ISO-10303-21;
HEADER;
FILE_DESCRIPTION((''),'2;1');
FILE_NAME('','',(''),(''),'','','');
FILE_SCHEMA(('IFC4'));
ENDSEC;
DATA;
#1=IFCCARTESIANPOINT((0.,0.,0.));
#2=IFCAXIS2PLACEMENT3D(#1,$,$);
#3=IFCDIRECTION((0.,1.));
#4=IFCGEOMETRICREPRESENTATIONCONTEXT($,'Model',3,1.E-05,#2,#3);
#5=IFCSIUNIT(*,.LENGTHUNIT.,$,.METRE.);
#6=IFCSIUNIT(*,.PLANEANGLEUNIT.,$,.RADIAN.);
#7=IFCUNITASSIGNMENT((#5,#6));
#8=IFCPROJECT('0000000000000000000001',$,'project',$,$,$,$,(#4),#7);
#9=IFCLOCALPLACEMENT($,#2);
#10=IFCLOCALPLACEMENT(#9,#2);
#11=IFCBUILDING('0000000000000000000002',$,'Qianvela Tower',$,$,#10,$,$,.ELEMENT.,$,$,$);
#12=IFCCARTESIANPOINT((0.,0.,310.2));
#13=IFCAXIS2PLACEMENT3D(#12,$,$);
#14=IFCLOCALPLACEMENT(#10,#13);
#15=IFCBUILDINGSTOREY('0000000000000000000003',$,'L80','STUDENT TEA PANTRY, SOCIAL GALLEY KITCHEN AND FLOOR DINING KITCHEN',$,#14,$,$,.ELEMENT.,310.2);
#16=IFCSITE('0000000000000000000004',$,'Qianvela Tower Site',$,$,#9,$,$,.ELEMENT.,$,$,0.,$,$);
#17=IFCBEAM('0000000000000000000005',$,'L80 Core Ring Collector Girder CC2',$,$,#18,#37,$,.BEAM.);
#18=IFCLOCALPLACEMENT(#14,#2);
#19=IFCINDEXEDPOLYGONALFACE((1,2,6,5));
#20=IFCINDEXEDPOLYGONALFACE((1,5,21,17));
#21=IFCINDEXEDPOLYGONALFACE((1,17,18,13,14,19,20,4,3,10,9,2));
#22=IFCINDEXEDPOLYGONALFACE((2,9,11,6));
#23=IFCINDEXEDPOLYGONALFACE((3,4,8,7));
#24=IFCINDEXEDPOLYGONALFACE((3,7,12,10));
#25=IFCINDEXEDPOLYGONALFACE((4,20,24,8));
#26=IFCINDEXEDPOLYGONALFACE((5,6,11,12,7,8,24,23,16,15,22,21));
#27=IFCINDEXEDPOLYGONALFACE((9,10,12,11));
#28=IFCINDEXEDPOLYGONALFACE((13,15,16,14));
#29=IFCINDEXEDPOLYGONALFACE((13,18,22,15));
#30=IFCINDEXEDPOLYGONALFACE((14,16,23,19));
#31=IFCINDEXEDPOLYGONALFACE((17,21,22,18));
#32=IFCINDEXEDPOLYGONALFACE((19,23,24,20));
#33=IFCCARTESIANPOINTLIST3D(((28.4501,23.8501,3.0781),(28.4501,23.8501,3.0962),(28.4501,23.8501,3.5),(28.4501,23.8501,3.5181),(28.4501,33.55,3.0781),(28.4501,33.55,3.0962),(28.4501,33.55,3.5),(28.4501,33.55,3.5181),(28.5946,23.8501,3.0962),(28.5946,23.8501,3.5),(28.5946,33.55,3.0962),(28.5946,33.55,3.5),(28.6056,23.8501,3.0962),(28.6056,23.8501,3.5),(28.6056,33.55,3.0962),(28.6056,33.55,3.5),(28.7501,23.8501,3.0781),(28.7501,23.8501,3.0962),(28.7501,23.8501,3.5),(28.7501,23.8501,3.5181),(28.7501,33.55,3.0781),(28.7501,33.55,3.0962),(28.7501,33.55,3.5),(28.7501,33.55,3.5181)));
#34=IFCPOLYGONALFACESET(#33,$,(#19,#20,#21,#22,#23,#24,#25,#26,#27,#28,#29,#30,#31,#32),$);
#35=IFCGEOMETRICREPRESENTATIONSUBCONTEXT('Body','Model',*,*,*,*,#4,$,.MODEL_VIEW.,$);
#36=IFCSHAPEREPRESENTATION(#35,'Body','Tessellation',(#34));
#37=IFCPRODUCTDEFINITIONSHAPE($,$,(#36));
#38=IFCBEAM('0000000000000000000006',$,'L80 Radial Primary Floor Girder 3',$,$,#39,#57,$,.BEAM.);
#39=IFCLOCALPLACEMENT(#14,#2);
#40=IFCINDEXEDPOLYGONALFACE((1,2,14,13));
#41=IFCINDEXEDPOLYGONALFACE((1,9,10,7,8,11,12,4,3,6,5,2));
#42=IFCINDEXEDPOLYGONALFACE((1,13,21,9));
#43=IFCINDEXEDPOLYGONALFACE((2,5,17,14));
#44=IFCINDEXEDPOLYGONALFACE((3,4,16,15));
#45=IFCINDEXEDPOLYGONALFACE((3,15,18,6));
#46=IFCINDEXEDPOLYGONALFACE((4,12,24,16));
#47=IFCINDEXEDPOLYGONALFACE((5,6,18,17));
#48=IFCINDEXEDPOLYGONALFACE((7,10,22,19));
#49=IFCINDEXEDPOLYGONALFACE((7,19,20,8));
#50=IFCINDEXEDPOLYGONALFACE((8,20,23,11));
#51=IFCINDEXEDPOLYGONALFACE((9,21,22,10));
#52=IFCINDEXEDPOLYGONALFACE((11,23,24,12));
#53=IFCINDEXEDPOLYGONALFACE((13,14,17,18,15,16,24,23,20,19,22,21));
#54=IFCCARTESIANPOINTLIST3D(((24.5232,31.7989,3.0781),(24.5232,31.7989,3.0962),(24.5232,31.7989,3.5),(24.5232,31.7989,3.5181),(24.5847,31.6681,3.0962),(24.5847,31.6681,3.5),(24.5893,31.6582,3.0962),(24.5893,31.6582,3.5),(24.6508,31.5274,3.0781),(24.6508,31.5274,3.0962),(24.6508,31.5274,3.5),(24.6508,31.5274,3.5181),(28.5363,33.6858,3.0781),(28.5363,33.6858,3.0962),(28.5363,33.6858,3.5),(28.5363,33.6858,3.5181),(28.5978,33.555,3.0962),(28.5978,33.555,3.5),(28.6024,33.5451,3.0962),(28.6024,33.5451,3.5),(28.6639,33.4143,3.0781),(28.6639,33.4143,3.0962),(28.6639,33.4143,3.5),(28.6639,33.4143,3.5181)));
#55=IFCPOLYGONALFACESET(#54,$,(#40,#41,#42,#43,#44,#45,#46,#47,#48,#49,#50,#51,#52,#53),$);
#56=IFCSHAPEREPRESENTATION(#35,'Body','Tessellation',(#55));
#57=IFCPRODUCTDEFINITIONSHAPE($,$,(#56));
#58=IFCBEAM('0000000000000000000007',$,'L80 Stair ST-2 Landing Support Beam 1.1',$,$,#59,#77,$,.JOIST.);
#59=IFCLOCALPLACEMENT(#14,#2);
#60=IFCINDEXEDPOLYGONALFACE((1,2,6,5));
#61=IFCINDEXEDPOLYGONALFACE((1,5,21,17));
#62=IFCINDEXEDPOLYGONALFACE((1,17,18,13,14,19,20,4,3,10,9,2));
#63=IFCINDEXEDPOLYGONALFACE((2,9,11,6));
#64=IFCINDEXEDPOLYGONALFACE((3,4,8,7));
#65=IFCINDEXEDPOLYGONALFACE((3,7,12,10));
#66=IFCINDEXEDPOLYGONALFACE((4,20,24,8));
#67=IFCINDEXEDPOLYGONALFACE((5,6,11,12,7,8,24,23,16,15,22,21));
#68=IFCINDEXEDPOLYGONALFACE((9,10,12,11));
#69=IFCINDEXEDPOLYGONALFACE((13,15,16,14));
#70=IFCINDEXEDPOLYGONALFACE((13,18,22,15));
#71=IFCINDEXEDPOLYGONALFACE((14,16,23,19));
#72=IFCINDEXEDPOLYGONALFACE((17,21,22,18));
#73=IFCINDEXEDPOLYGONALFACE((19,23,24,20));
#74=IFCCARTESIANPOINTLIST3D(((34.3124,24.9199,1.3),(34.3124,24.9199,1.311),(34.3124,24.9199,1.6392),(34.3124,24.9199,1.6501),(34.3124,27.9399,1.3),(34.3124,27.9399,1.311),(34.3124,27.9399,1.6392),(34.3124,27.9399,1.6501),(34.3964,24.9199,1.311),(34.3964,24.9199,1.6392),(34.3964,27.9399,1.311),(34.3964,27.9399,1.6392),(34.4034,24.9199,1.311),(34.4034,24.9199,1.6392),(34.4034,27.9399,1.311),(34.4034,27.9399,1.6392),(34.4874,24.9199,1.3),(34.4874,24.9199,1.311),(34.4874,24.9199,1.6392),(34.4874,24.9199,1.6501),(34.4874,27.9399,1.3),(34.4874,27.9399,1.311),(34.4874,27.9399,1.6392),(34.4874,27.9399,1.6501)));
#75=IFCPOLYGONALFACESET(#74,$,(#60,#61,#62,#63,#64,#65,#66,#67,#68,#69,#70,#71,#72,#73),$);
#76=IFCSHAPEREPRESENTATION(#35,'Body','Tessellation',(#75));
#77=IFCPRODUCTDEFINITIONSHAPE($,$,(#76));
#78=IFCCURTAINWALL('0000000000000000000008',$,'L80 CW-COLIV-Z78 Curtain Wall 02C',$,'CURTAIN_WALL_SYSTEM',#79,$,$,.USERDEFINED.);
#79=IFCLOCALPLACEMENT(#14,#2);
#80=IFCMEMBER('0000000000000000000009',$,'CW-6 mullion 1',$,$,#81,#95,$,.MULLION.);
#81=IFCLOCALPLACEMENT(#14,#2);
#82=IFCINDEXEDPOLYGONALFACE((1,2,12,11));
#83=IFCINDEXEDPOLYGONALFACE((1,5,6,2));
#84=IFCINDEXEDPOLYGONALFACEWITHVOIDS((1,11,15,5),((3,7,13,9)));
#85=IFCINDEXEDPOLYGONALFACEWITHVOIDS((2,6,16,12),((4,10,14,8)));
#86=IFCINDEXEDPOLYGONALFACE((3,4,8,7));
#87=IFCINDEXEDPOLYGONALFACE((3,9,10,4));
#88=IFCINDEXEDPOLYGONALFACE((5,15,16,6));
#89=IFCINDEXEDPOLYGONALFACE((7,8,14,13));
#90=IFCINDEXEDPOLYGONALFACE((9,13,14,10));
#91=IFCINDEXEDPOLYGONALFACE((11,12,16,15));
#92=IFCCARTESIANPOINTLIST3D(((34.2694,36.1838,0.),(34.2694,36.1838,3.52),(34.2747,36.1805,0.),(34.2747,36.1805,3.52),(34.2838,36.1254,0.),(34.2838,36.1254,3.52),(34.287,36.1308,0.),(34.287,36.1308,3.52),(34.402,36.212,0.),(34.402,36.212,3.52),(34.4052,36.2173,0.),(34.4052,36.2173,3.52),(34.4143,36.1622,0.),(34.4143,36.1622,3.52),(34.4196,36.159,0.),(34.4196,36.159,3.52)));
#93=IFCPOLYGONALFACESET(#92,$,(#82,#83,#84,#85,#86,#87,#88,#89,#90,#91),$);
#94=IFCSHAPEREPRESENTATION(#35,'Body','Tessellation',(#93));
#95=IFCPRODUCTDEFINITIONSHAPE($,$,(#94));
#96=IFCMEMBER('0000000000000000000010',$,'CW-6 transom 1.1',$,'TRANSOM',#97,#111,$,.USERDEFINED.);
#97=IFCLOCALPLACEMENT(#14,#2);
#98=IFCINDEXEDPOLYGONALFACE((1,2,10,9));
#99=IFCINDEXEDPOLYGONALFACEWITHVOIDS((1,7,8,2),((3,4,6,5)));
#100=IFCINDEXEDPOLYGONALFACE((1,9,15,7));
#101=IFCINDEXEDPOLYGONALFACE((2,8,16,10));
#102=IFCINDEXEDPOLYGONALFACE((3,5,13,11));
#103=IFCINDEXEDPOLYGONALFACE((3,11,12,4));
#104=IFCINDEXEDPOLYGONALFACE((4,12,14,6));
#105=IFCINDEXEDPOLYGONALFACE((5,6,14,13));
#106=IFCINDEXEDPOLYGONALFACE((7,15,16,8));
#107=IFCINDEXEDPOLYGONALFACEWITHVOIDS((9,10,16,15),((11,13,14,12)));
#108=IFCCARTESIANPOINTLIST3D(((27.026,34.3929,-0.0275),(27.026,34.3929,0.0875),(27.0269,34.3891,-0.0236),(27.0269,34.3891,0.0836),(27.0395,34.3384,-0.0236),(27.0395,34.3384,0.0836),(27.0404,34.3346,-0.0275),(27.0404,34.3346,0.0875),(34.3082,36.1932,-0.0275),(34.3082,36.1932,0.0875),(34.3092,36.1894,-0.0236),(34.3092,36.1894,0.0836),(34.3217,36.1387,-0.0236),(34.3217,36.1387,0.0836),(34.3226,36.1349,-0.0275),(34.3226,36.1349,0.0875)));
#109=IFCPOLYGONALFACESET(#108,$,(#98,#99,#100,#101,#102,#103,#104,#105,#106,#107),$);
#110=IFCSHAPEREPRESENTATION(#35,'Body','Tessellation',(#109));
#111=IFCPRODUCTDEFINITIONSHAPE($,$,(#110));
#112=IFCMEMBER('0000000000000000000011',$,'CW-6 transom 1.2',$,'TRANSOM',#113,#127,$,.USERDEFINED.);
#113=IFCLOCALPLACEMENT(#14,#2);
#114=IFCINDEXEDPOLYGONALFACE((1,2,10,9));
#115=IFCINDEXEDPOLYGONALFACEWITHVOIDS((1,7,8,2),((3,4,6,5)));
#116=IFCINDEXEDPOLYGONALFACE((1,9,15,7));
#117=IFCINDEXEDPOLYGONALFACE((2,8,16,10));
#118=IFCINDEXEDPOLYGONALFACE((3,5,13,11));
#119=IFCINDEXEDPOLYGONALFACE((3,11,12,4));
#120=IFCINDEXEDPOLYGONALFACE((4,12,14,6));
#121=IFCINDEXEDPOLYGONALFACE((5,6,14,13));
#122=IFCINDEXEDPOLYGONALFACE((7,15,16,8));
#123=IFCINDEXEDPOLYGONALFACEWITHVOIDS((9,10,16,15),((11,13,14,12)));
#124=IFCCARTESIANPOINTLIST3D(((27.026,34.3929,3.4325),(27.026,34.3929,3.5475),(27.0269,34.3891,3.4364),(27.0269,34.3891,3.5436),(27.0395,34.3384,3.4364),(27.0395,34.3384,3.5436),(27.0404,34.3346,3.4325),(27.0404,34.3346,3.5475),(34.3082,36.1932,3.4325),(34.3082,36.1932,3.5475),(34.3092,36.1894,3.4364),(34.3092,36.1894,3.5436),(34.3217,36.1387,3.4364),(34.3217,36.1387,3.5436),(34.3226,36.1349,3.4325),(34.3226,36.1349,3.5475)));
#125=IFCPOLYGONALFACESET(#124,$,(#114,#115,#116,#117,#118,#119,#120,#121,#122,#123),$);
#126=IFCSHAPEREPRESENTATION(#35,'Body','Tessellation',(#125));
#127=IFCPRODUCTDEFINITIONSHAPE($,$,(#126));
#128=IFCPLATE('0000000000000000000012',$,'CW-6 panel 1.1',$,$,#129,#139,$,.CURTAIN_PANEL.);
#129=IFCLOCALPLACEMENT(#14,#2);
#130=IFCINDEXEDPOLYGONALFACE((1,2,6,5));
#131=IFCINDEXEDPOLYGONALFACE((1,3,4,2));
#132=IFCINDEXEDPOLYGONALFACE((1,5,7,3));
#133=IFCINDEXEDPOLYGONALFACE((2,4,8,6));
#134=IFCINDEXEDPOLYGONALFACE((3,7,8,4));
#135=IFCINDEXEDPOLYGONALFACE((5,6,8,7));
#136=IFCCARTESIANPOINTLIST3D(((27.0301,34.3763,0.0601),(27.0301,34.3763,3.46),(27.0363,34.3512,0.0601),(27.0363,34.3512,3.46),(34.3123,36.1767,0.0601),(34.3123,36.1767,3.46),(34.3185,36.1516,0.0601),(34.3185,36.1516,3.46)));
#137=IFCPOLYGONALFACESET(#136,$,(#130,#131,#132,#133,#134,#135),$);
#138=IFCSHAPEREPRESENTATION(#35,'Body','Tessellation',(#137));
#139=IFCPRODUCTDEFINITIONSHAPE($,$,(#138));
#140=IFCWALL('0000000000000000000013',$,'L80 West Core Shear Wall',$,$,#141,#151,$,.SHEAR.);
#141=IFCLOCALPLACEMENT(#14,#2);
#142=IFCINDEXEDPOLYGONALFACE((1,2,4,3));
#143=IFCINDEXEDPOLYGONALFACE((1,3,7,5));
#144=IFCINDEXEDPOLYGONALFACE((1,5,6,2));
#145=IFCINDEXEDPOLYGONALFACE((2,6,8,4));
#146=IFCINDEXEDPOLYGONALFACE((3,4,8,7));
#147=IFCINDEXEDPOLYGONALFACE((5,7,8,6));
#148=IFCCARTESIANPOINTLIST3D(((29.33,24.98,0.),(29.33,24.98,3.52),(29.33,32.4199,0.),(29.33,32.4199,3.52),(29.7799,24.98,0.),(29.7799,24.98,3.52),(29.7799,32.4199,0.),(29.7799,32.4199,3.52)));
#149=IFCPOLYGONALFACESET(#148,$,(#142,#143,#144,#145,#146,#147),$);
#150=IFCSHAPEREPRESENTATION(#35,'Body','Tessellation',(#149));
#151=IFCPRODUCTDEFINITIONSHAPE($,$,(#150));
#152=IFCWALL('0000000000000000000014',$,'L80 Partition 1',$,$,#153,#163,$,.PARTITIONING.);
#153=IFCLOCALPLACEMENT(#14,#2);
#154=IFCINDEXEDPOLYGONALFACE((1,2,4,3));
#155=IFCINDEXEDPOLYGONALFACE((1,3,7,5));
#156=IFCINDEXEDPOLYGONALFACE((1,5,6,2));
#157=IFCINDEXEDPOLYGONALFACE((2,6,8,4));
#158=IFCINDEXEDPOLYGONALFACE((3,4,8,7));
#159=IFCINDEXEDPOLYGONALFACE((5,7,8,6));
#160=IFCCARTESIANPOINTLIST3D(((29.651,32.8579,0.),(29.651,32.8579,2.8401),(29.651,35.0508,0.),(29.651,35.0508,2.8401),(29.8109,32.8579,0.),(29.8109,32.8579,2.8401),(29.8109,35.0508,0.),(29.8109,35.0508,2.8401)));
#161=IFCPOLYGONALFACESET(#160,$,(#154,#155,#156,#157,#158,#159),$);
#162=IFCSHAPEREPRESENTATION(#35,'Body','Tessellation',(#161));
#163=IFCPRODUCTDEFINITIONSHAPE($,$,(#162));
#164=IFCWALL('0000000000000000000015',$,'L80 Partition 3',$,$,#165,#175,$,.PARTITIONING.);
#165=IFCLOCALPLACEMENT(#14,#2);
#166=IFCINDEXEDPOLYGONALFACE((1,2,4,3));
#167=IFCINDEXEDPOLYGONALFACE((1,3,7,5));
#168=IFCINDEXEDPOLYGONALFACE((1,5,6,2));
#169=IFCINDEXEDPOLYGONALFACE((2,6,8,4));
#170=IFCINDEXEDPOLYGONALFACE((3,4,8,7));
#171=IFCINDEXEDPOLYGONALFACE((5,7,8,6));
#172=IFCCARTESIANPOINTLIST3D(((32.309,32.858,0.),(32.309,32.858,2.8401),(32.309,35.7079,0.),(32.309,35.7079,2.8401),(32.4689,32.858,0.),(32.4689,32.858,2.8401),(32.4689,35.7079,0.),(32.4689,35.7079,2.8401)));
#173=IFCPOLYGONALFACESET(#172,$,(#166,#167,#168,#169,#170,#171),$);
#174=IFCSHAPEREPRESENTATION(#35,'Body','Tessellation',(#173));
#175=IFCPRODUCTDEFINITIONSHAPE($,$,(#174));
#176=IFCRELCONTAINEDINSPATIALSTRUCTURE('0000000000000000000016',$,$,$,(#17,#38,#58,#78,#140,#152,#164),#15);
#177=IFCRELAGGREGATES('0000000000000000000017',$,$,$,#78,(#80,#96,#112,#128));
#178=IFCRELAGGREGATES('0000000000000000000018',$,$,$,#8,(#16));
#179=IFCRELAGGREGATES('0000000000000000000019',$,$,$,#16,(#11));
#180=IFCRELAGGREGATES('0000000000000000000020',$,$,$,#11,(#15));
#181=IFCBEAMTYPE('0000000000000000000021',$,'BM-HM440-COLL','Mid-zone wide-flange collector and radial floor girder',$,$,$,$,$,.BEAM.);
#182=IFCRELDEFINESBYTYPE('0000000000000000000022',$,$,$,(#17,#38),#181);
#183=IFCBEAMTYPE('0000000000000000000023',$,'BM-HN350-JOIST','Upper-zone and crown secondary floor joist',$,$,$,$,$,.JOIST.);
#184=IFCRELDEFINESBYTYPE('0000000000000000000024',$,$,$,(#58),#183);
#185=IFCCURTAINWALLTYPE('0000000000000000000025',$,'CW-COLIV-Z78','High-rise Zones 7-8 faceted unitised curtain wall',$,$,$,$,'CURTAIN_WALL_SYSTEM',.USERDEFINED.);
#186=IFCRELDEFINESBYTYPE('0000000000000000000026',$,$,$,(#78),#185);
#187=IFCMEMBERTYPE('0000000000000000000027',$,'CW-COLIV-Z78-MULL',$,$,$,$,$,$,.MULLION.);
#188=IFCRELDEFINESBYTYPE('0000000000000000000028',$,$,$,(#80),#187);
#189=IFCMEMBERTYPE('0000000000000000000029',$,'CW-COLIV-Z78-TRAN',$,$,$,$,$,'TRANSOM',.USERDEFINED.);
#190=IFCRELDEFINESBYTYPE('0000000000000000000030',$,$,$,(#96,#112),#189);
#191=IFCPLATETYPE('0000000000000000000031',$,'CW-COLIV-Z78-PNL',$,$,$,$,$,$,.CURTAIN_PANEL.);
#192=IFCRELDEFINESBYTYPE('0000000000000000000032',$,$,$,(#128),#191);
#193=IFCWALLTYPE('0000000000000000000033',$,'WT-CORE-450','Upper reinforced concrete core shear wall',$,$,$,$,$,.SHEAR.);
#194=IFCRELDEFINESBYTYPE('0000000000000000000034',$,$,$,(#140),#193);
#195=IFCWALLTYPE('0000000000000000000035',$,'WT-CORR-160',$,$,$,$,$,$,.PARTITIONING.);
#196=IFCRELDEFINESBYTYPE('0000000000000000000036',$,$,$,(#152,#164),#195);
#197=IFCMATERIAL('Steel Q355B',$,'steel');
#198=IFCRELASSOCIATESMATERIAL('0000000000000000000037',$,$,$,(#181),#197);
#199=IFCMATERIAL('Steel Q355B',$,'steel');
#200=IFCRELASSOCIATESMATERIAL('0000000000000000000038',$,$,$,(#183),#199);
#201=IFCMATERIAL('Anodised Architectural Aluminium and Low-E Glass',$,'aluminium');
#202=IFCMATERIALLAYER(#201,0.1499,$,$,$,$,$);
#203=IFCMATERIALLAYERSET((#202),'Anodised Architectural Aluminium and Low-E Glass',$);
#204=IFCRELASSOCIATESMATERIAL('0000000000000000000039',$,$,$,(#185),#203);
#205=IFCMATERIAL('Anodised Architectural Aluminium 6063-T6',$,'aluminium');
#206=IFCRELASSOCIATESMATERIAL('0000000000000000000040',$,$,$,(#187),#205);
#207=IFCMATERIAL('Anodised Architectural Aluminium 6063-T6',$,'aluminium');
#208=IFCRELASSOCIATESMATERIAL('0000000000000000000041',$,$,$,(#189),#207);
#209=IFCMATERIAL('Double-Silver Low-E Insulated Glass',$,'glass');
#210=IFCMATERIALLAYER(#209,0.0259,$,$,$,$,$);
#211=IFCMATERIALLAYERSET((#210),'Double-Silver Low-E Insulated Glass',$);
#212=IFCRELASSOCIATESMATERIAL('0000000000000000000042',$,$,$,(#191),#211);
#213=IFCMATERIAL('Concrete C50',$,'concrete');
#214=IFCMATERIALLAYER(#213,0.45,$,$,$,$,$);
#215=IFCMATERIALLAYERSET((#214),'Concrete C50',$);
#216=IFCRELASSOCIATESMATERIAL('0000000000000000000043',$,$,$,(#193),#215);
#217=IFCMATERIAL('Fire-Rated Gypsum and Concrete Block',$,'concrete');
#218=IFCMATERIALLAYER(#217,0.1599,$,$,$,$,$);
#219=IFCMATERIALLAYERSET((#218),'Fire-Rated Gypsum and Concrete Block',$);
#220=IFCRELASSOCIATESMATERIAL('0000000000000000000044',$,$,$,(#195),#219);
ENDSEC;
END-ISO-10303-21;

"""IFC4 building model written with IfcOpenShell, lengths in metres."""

from ifc_helpers import new_model, si_unit, direction, frame, frame_2d, origin, origin_2d, place, context, subcontext, project, spatial, rectangle, hollow_rectangle, i_section, extrude, material, layer, layer_set, material_profile, profile_set, type_object, element, aggregate, save


model = new_model("IFC4")

# Units and contexts
model_context = context("Model", 3, precision=1e-05, world=origin(), true_north=direction((0.0, 1.0)))
body_context = subcontext(model_context, "Body", "Model", "MODEL_VIEW")
ifc_project = project(units=[si_unit("LENGTHUNIT", "METRE"), si_unit("PLANEANGLEUNIT", "RADIAN")], contexts=[model_context])

# Site, building, storey
site_placement = place(None, origin())
site = spatial("IfcSite", under=ifc_project, at=site_placement, Name="Qianvela Tower Site", CompositionType="ELEMENT", RefElevation=0.0)
building_placement = place(site_placement, origin())
building = spatial("IfcBuilding", under=site, at=building_placement, Name="Qianvela Tower", CompositionType="ELEMENT")
storey_placement = place(building_placement, frame((0.0, 0.0, 310.2)))
storey = spatial("IfcBuildingStorey", under=building, at=storey_placement, Name="L80", Description="STUDENT TEA PANTRY, SOCIAL GALLEY KITCHEN AND FLOOR DINING KITCHEN", CompositionType="ELEMENT", Elevation=310.2)

# Beams
ifc_material_1 = material(Name="Steel Q355B", Category="steel")
ifc_material_profile_1 = material_profile(ifc_material_1, i_section(OverallWidth=0.3, OverallDepth=0.4399, WebThickness=0.011, FlangeThickness=0.0181, at=origin_2d()), Name="HM440x300x11x18")
ifc_profile_set_1 = profile_set([ifc_material_profile_1], Name="Steel Q355B")
beam_type_1 = type_object("IfcBeamType", Name="BM-HM440-COLL", Description="Mid-zone wide-flange collector and radial floor girder", PredefinedType="BEAM", material=ifc_profile_set_1)
beam_1_placement = place(storey_placement, frame((28.6001, 33.55, 3.2981), z_axis=(0.0, -1.0, 0.0), x_axis=(1.0, 0.0, 0.0)))
element("IfcBeam", 1, at=beam_1_placement, inside=storey, type_object=beam_type_1, Name="L80 Core Ring Collector Girder CC2", PredefinedType="BEAM", context=body_context, shape_type="SweptSolid", body=[
    extrude(i_section(OverallWidth=0.3, OverallDepth=0.4399, WebThickness=0.011, FlangeThickness=0.0181, at=origin_2d()), origin(), (0.0, 0.0, 1.0), 9.7),
])
beam_2_placement = place(storey_placement, frame((28.6001, 33.55, 3.2981), z_axis=(-0.904957, -0.425503, 0.0), x_axis=(0.425503, -0.904957, 0.0)))
element("IfcBeam", 2, at=beam_2_placement, inside=storey, type_object=beam_type_1, Name="L80 Radial Primary Floor Girder 3", PredefinedType="BEAM", context=body_context, shape_type="SweptSolid", body=[
    extrude(i_section(OverallWidth=0.3, OverallDepth=0.4399, WebThickness=0.011, FlangeThickness=0.0181, at=origin_2d()), origin(), (0.0, 0.0, 1.0), 4.4346),
])
ifc_material_2 = material(Name="Steel Q355B", Category="steel")
ifc_material_profile_2 = material_profile(ifc_material_2, i_section(OverallWidth=0.175, OverallDepth=0.3501, WebThickness=0.0071, FlangeThickness=0.011, at=origin_2d()), Name="HN350x175x7x11")
ifc_profile_set_2 = profile_set([ifc_material_profile_2], Name="Steel Q355B")
beam_type_2 = type_object("IfcBeamType", Name="BM-HN350-JOIST", Description="Upper-zone and crown secondary floor joist", PredefinedType="JOIST", material=ifc_profile_set_2)
beam_3_placement = place(storey_placement, frame((34.3999, 24.9199, 1.4751), z_axis=(0.0, 1.0, 0.0), x_axis=(-1.0, 0.0, 0.0)))
element("IfcBeam", 3, at=beam_3_placement, inside=storey, type_object=beam_type_2, Name="L80 Stair ST-2 Landing Support Beam 1.1", PredefinedType="JOIST", context=body_context, shape_type="SweptSolid", body=[
    extrude(i_section(OverallWidth=0.175, OverallDepth=0.3501, WebThickness=0.0071, FlangeThickness=0.011, at=origin_2d()), origin(), (0.0, 0.0, 1.0), 3.02),
])

# Curtain wall, members, plate
ifc_material_3 = material(Name="Anodised Architectural Aluminium and Low-E Glass", Category="aluminium")
ifc_layer_1 = layer(ifc_material_3, 0.1499)
ifc_layer_set_1 = layer_set([ifc_layer_1], Name="Anodised Architectural Aluminium and Low-E Glass")
curtain_wall_type = type_object("IfcCurtainWallType", Name="CW-COLIV-Z78", Description="High-rise Zones 7-8 faceted unitised curtain wall", ElementType="CURTAIN_WALL_SYSTEM", PredefinedType="USERDEFINED", material=ifc_layer_set_1)
curtain_wall_placement = place(storey_placement, origin())
curtain_wall = element("IfcCurtainWall", 4, at=curtain_wall_placement, inside=storey, type_object=curtain_wall_type, Name="L80 CW-COLIV-Z78 Curtain Wall 02C", ObjectType="CURTAIN_WALL_SYSTEM", PredefinedType="USERDEFINED")
ifc_material_4 = material(Name="Anodised Architectural Aluminium 6063-T6", Category="aluminium")
ifc_material_profile_3 = material_profile(ifc_material_4, hollow_rectangle(XDim=0.0601, YDim=0.1399, WallThickness=0.0044, at=origin_2d()), Name="ALU-MULL-60x140")
ifc_profile_set_3 = profile_set([ifc_material_profile_3], Name="Anodised Architectural Aluminium 6063-T6")
member_type_1 = type_object("IfcMemberType", Name="CW-COLIV-Z78-MULL", PredefinedType="MULLION", material=ifc_profile_set_3)
member_1_placement = place(storey_placement, frame((34.3445, 36.1714, 0.0), z_axis=(0.0, 0.0, 1.0), x_axis=(0.240007, -0.970771, 0.0)))
member_1 = element("IfcMember", 5, at=member_1_placement, type_object=member_type_1, Name="CW-6 mullion 1", PredefinedType="MULLION", context=body_context, shape_type="SweptSolid", body=[
    extrude(hollow_rectangle(XDim=0.0601, YDim=0.1399, WallThickness=0.0044, at=origin_2d()), origin(), (0.0, 0.0, 1.0), 3.52),
])
ifc_material_5 = material(Name="Anodised Architectural Aluminium 6063-T6", Category="aluminium")
ifc_material_profile_4 = material_profile(ifc_material_5, hollow_rectangle(XDim=0.0601, YDim=0.115, WallThickness=0.0039, at=origin_2d()), Name="ALU-TRAN-60x115")
ifc_profile_set_4 = profile_set([ifc_material_profile_4], Name="Anodised Architectural Aluminium 6063-T6")
member_type_2 = type_object("IfcMemberType", Name="CW-COLIV-Z78-TRAN", ElementType="TRANSOM", PredefinedType="USERDEFINED", material=ifc_profile_set_4)
member_2_placement = place(storey_placement, frame((34.3154, 36.1641, 0.03), z_axis=(-0.970775, -0.239992, 0.0), x_axis=(0.239992, -0.970775, 0.0)))
member_2 = element("IfcMember", 6, at=member_2_placement, type_object=member_type_2, Name="CW-6 transom 1.1", ObjectType="TRANSOM", PredefinedType="USERDEFINED", context=body_context, shape_type="SweptSolid", body=[
    extrude(hollow_rectangle(XDim=0.0601, YDim=0.115, WallThickness=0.0039, at=origin_2d()), origin(), (0.0, 0.0, 1.0), 7.5015),
])
member_3_placement = place(storey_placement, frame((34.3154, 36.1641, 3.49), z_axis=(-0.970775, -0.239992, 0.0), x_axis=(0.239992, -0.970775, 0.0)))
member_3 = element("IfcMember", 7, at=member_3_placement, type_object=member_type_2, Name="CW-6 transom 1.2", ObjectType="TRANSOM", PredefinedType="USERDEFINED", context=body_context, shape_type="SweptSolid", body=[
    extrude(hollow_rectangle(XDim=0.0601, YDim=0.115, WallThickness=0.0039, at=origin_2d()), origin(), (0.0, 0.0, 1.0), 7.5015),
])
ifc_material_6 = material(Name="Double-Silver Low-E Insulated Glass", Category="glass")
ifc_layer_2 = layer(ifc_material_6, 0.0259)
ifc_layer_set_2 = layer_set([ifc_layer_2], Name="Double-Silver Low-E Insulated Glass")
plate_type = type_object("IfcPlateType", Name="CW-COLIV-Z78-PNL", PredefinedType="CURTAIN_PANEL", material=ifc_layer_set_2)
plate_placement = place(storey_placement, frame((30.6743, 35.2639, 0.0601), z_axis=(0.0, 0.0, 1.0), x_axis=(-0.970771, -0.240007, 0.0)))
plate = element("IfcPlate", 8, at=plate_placement, type_object=plate_type, Name="CW-6 panel 1.1", PredefinedType="CURTAIN_PANEL", context=body_context, shape_type="SweptSolid", body=[
    extrude(rectangle(XDim=7.5015, YDim=0.0259, at=origin_2d()), origin(), (0.0, 0.0, 1.0), 3.3999),
])
aggregate(curtain_wall, [member_1, member_2, member_3, plate])

# Shared definitions
ifc_material_7 = material(Name="Concrete C50", Category="concrete")
ifc_layer_3 = layer(ifc_material_7, 0.45)
ifc_layer_set_3 = layer_set([ifc_layer_3], Name="Concrete C50")
wall_type_1 = type_object("IfcWallType", Name="WT-CORE-450", Description="Upper reinforced concrete core shear wall", PredefinedType="SHEAR", material=ifc_layer_set_3)

# Walls
wall_1_placement = place(storey_placement, frame((29.5549, 24.98, 0.0), z_axis=(0.0, 0.0, 1.0), x_axis=(0.0, 1.0, 0.0)))
element("IfcWall", 9, at=wall_1_placement, inside=storey, type_object=wall_type_1, Name="L80 West Core Shear Wall", PredefinedType="SHEAR", context=body_context, shape_type="SweptSolid", body=[
    extrude(rectangle(XDim=7.4399, YDim=0.45, at=frame_2d((3.72, 0.0))), origin(), (0.0, 0.0, 1.0), 3.52),
])
ifc_material_8 = material(Name="Fire-Rated Gypsum and Concrete Block", Category="concrete")
ifc_layer_4 = layer(ifc_material_8, 0.1599)
ifc_layer_set_4 = layer_set([ifc_layer_4], Name="Fire-Rated Gypsum and Concrete Block")
wall_type_2 = type_object("IfcWallType", Name="WT-CORR-160", PredefinedType="PARTITIONING", material=ifc_layer_set_4)
wall_2_placement = place(storey_placement, frame((29.731, 32.8579, 0.0), z_axis=(0.0, 0.0, 1.0), x_axis=(0.0, 1.0, 0.0)))
element("IfcWall", 10, at=wall_2_placement, inside=storey, type_object=wall_type_2, Name="L80 Partition 1", PredefinedType="PARTITIONING", context=body_context, shape_type="SweptSolid", body=[
    extrude(rectangle(XDim=2.1929, YDim=0.1599, at=frame_2d((1.0964, 0.0))), origin(), (0.0, 0.0, 1.0), 2.8401),
])
wall_3_placement = place(storey_placement, frame((32.3889, 35.7078, 0.0), z_axis=(0.0, 0.0, 1.0), x_axis=(0.0, -1.0, 0.0)))
element("IfcWall", 11, at=wall_3_placement, inside=storey, type_object=wall_type_2, Name="L80 Partition 3", PredefinedType="PARTITIONING", context=body_context, shape_type="SweptSolid", body=[
    extrude(rectangle(XDim=2.8499, YDim=0.1599, at=frame_2d((1.4248, 0.0))), origin(), (0.0, 0.0, 1.0), 2.8401),
])

save(model, "model.ifc")
